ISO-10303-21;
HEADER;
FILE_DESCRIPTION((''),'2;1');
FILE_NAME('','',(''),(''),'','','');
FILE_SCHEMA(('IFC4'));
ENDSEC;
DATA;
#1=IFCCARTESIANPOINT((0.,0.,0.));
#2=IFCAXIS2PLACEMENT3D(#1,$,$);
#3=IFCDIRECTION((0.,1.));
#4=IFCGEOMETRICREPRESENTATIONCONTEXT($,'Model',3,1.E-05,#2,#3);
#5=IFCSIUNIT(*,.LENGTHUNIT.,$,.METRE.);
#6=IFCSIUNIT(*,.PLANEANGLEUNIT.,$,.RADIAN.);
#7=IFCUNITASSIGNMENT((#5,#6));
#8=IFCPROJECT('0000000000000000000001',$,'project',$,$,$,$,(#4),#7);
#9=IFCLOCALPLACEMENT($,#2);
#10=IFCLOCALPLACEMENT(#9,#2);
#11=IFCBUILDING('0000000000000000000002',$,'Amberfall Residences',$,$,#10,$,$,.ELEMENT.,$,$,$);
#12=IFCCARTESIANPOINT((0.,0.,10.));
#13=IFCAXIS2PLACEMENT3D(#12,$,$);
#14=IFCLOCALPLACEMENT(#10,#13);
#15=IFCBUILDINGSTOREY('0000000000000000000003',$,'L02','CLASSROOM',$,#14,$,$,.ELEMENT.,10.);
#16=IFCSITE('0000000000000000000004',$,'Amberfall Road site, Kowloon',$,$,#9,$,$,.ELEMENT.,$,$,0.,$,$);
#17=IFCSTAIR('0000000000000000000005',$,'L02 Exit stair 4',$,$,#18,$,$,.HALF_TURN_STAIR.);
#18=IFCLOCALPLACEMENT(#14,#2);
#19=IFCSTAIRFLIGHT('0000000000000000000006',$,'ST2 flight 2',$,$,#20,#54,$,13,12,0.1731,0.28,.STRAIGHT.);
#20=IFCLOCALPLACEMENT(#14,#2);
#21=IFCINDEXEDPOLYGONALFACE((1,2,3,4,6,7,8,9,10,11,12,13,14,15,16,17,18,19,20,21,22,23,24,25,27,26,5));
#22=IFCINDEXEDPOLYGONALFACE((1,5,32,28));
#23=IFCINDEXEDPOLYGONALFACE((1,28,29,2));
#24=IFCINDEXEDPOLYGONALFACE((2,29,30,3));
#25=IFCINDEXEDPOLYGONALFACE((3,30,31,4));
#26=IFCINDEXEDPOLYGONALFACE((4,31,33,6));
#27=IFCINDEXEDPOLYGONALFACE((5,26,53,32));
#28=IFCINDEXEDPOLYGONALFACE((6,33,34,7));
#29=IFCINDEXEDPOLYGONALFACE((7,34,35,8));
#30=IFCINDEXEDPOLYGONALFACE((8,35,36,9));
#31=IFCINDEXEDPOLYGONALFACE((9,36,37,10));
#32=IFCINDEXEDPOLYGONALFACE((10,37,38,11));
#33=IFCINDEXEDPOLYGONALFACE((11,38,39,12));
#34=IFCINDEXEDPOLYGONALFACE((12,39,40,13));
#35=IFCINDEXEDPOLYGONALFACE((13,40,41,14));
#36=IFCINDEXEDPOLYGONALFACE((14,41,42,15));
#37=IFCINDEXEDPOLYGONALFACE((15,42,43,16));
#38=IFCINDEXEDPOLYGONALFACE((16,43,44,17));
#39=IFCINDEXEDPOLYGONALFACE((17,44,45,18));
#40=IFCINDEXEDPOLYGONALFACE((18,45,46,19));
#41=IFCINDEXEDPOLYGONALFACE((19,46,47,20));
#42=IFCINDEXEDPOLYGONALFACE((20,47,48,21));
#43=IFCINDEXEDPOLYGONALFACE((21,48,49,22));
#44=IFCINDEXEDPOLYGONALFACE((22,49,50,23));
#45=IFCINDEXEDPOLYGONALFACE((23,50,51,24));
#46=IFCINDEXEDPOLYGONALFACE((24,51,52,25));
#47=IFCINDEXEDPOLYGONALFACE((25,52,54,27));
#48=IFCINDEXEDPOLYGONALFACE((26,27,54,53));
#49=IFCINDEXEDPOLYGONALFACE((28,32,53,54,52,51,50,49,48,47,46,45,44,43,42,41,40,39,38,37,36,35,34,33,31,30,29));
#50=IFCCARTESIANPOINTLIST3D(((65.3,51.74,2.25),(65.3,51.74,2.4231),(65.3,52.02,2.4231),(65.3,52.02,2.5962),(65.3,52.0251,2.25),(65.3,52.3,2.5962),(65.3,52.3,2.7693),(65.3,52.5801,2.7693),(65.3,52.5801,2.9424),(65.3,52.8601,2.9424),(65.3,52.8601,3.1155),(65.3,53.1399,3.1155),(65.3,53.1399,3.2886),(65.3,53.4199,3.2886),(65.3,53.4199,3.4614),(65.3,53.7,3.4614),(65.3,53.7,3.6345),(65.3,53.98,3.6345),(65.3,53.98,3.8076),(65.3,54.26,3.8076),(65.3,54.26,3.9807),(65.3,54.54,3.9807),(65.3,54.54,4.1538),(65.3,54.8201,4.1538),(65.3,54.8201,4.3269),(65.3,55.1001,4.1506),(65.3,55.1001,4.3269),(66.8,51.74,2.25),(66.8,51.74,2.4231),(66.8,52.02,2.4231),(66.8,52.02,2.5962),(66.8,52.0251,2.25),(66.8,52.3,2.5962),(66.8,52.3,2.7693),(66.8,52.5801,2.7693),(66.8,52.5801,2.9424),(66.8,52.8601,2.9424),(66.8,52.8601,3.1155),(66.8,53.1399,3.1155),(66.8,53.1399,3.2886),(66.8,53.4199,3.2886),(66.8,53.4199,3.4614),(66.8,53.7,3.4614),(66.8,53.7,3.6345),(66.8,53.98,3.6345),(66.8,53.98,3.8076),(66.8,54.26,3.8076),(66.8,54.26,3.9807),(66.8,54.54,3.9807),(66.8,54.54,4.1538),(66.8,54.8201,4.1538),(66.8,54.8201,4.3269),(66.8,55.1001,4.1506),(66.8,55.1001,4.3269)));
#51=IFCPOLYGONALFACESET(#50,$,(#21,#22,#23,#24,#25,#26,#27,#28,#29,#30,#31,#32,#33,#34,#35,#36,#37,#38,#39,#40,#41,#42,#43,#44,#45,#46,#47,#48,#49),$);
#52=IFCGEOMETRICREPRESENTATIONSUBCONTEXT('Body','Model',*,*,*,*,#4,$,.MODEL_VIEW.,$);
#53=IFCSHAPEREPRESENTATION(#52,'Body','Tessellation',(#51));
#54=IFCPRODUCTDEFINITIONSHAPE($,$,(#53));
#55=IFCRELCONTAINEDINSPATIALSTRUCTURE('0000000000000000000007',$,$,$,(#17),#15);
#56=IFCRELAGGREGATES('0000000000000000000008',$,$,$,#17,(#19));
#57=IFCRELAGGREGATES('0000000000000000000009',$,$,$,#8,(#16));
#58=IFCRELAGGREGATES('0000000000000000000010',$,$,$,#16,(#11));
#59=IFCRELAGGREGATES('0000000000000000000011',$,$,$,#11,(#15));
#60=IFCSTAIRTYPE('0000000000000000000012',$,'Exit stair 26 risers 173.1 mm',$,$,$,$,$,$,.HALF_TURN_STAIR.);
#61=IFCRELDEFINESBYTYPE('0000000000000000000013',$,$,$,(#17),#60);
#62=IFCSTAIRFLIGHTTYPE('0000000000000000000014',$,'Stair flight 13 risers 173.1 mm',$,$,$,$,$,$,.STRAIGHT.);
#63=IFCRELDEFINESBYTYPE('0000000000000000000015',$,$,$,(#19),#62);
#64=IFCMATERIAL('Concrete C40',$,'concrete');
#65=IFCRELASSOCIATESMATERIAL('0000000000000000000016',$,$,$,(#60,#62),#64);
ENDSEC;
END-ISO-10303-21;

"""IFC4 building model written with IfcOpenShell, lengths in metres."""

from ifc_helpers import new_model, si_unit, direction, frame, origin, place, context, subcontext, project, spatial, polyline, outline, extrude, material, type_object, element, aggregate, save


model = new_model("IFC4")

# Units and contexts
model_context = context("Model", 3, precision=1e-05, world=origin(), true_north=direction((0.0, 1.0)))
body_context = subcontext(model_context, "Body", "Model", "MODEL_VIEW")
ifc_project = project(units=[si_unit("LENGTHUNIT", "METRE"), si_unit("PLANEANGLEUNIT", "RADIAN")], contexts=[model_context])

# Site, building, storey
site_placement = place(None, origin())
site = spatial("IfcSite", under=ifc_project, at=site_placement, Name="Amberfall Road site, Kowloon", CompositionType="ELEMENT", RefElevation=0.0)
building_placement = place(site_placement, origin())
building = spatial("IfcBuilding", under=site, at=building_placement, Name="Amberfall Residences", CompositionType="ELEMENT")
storey_placement = place(building_placement, frame((0.0, 0.0, 10.0)))
storey = spatial("IfcBuildingStorey", under=building, at=storey_placement, Name="L02", Description="CLASSROOM", CompositionType="ELEMENT", Elevation=10.0)

# Stair, stair flight
ifc_material_1 = material(Name="Concrete C40", Category="concrete")
stair_type = type_object("IfcStairType", Name="Exit stair 26 risers 173.1 mm", PredefinedType="HALF_TURN_STAIR", material=ifc_material_1)
stair_flight_type = type_object("IfcStairFlightType", Name="Stair flight 13 risers 173.1 mm", PredefinedType="STRAIGHT", material=ifc_material_1)
stair_1_placement = place(storey_placement, origin())
stair_1 = element("IfcStair", 1, at=stair_1_placement, inside=storey, type_object=stair_type, Name="L02 Exit stair 4", PredefinedType="HALF_TURN_STAIR")
stair_flight_1_placement = place(storey_placement, frame((66.05, 51.74, 2.25), z_axis=(0.0, 0.0, 1.0), x_axis=(0.0, 1.0, 0.0)))
stair_flight_1 = element("IfcStairFlight", 2, at=stair_flight_1_placement, type_object=stair_flight_type, Name="ST2 flight 2", NumberOfRisers=13, NumberOfTreads=12, PredefinedType="STRAIGHT", RiserHeight=0.1731, TreadLength=0.28, context=body_context, shape_type="SweptSolid", body=[
    extrude(outline(polyline([(0.0, 0.0), (0.0, 0.1731), (0.28, 0.1731), (0.28, 0.3462), (0.5601, 0.3462), (0.5601, 0.5193), (0.8401, 0.5193), (0.8401, 0.6924), (1.1201, 0.6924), (1.1201, 0.8655), (1.3999, 0.8655), (1.3999, 1.0386), (1.6799, 1.0386), (1.6799, 1.2114), (1.96, 1.2114), (1.96, 1.3845), (2.24, 1.3845), (2.24, 1.5576), (2.52, 1.5576), (2.52, 1.7307), (2.8, 1.7307), (2.8, 1.9038), (3.0801, 1.9038), (3.0801, 2.0769), (3.3601, 2.0769), (3.3601, 2.25), (3.3601, 1.9006), (0.2852, 0.0), (0.0, 0.0)])), frame((0.0, 0.75, 0.0), z_axis=(0.0, -1.0, 0.0), x_axis=(1.0, 0.0, 0.0)), (0.0, 0.0, 1.0), 1.5),
])
aggregate(stair_1, [stair_flight_1])

save(model, "model.ifc")
